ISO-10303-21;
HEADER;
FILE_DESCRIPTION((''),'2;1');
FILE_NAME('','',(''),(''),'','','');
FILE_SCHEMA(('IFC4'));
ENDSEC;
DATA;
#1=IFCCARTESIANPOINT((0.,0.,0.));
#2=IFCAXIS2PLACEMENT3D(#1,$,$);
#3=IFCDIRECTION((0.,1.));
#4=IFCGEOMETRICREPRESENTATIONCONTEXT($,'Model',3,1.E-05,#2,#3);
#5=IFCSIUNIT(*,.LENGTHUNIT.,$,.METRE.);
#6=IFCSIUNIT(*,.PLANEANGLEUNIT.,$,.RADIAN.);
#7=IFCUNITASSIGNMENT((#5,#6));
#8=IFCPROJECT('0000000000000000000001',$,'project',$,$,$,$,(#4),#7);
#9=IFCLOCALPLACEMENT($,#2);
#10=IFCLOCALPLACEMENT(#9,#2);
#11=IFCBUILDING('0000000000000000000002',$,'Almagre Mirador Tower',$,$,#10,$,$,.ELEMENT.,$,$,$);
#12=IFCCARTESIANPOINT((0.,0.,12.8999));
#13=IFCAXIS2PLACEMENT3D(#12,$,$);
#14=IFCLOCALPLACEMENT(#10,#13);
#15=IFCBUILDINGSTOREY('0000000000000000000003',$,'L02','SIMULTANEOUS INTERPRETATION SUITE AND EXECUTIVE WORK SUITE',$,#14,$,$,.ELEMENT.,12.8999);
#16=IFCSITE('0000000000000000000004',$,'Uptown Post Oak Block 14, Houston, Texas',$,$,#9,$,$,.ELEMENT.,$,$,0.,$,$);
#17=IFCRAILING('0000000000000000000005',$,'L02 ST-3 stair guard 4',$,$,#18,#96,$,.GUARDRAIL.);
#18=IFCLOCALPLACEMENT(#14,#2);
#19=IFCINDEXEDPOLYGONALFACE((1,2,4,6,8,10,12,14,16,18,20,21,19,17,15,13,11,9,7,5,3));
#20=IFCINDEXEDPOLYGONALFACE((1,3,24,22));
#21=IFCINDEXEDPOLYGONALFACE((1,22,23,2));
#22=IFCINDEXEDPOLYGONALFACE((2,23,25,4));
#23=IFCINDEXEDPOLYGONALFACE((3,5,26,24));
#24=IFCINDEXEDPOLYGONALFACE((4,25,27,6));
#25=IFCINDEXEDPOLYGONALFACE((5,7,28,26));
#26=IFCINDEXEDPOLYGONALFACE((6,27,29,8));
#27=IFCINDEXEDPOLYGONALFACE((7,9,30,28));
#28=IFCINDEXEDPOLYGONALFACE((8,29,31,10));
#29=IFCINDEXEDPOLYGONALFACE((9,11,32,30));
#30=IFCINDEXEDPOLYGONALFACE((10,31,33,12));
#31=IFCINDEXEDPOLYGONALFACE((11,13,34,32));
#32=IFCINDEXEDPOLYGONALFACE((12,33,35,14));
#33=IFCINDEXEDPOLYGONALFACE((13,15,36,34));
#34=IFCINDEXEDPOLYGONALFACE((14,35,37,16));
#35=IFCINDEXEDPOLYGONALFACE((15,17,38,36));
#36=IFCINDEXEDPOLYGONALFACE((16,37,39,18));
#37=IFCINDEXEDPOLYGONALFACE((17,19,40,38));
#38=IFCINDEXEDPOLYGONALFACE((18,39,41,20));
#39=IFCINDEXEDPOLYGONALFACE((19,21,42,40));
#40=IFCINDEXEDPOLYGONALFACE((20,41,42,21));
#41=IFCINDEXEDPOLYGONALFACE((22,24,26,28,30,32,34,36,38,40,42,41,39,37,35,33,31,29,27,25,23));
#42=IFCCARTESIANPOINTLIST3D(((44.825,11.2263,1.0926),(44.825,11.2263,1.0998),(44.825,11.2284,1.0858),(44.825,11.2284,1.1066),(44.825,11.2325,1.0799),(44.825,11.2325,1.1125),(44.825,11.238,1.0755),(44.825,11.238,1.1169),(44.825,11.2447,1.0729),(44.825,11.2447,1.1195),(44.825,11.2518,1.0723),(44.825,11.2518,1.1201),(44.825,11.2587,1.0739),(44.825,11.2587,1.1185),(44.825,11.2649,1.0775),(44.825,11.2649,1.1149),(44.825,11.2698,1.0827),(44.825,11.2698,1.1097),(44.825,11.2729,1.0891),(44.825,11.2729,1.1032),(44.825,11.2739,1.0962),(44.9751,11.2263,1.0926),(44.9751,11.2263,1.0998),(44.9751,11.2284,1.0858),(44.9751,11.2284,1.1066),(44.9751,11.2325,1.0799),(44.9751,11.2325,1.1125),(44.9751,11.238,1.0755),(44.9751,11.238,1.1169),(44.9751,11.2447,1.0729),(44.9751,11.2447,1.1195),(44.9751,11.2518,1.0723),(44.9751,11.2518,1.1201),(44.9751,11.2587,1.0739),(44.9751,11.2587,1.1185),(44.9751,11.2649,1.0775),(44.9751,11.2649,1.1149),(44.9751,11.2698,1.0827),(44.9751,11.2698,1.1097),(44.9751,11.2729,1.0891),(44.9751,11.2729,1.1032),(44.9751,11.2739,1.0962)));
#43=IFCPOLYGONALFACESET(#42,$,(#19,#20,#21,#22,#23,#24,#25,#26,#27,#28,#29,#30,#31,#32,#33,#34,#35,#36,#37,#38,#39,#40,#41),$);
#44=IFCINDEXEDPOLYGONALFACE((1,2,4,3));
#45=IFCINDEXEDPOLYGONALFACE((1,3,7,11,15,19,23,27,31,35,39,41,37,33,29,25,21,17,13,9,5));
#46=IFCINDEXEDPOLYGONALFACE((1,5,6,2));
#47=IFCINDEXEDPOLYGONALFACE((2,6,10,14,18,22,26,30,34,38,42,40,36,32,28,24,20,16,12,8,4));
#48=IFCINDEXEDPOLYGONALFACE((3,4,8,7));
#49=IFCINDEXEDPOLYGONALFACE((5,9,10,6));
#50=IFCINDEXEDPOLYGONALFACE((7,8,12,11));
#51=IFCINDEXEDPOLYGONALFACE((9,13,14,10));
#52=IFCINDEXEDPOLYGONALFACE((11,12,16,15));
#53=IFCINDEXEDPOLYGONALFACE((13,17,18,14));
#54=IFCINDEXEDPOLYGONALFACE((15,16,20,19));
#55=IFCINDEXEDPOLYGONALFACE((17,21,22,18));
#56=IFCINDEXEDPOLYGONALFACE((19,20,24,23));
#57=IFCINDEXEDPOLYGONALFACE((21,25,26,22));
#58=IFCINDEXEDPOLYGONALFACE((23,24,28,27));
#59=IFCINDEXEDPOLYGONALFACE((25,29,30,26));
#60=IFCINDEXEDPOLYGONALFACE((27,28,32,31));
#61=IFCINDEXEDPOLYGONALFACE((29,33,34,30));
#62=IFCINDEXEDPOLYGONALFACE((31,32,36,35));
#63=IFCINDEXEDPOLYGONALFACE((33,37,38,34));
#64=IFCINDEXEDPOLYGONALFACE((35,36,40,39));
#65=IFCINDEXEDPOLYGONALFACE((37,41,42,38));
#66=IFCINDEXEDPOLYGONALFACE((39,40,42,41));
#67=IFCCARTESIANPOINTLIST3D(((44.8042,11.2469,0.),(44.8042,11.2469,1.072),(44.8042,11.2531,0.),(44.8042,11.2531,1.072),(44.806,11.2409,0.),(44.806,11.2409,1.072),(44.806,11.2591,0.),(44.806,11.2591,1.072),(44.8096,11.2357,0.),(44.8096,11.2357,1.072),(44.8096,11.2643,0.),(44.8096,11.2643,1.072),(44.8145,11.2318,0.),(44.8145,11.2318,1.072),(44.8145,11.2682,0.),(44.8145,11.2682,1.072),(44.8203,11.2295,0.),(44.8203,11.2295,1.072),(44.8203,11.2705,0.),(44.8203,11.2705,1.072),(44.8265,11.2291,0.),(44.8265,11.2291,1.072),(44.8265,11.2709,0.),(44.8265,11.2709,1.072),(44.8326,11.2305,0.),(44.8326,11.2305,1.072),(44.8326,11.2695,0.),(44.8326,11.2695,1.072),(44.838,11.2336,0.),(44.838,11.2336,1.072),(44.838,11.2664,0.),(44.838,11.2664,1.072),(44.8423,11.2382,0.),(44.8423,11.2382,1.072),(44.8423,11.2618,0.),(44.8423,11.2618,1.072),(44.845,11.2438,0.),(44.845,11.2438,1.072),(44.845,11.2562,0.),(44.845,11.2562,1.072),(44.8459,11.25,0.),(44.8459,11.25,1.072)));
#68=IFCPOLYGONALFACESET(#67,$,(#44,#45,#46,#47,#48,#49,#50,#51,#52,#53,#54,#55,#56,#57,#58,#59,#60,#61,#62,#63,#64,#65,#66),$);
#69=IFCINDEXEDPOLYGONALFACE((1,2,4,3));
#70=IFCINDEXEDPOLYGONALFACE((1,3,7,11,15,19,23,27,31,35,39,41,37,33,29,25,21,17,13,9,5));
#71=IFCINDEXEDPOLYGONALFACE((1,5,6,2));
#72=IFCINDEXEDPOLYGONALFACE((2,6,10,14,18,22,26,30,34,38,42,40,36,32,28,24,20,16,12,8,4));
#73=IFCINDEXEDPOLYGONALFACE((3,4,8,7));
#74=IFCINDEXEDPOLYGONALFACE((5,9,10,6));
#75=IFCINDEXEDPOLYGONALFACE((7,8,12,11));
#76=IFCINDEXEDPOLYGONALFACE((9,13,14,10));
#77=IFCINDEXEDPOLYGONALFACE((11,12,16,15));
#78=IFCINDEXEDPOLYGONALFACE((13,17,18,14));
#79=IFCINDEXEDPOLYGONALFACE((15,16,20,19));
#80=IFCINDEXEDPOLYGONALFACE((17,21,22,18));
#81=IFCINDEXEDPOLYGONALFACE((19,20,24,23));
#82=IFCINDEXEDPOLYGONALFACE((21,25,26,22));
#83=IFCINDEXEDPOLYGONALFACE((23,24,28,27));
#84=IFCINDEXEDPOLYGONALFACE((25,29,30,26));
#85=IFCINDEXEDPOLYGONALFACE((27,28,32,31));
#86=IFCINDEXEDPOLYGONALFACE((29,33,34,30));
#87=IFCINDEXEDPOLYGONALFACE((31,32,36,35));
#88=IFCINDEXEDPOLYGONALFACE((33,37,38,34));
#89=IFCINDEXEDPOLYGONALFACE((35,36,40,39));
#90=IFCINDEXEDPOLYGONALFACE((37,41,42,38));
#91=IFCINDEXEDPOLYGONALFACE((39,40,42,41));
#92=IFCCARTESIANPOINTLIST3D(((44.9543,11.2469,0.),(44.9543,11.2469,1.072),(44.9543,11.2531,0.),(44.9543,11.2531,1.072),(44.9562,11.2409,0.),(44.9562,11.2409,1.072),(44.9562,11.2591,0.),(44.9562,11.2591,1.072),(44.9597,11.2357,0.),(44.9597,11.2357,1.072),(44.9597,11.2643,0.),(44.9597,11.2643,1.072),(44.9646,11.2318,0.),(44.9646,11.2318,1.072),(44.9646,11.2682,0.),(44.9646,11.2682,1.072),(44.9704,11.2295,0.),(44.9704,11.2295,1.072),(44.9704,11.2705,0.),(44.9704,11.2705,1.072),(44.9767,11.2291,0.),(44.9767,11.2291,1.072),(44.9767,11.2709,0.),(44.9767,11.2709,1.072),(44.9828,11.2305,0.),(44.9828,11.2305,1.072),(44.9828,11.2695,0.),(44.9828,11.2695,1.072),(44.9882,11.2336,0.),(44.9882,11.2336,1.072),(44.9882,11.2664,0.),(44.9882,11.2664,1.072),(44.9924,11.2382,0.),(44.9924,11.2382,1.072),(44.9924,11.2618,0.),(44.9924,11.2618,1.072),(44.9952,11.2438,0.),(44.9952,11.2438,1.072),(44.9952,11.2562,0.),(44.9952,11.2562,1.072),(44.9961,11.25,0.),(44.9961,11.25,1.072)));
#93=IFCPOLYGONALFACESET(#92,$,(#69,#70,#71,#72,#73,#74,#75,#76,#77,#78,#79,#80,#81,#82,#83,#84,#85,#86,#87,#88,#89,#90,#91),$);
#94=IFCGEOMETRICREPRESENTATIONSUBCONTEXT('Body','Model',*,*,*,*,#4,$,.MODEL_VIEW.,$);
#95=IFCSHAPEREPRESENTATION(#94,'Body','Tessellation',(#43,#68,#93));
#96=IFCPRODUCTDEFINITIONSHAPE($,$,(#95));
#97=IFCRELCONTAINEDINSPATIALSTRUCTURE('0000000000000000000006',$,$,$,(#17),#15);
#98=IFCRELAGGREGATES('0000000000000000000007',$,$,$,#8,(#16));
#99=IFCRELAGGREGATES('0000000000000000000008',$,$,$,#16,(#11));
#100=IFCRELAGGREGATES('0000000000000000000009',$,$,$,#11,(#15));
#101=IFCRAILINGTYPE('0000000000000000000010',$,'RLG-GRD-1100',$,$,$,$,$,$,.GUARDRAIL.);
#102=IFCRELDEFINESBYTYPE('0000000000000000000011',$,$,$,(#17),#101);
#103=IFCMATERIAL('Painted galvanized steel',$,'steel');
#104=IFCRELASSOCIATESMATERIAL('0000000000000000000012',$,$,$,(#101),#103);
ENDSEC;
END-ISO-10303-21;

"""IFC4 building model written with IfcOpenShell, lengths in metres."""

from ifc_helpers import new_model, si_unit, direction, frame, origin, origin_2d, place, context, subcontext, project, spatial, circle, extrude, material, type_object, element, save


model = new_model("IFC4")

# Units and contexts
model_context = context("Model", 3, precision=1e-05, world=origin(), true_north=direction((0.0, 1.0)))
body_context = subcontext(model_context, "Body", "Model", "MODEL_VIEW")
ifc_project = project(units=[si_unit("LENGTHUNIT", "METRE"), si_unit("PLANEANGLEUNIT", "RADIAN")], contexts=[model_context])

# Site, building, storey
site_placement = place(None, origin())
site = spatial("IfcSite", under=ifc_project, at=site_placement, Name="Uptown Post Oak Block 14, Houston, Texas", CompositionType="ELEMENT", RefElevation=0.0)
building_placement = place(site_placement, origin())
building = spatial("IfcBuilding", under=site, at=building_placement, Name="Almagre Mirador Tower", CompositionType="ELEMENT")
storey_placement = place(building_placement, frame((0.0, 0.0, 12.8999)))
storey = spatial("IfcBuildingStorey", under=building, at=storey_placement, Name="L02", Description="SIMULTANEOUS INTERPRETATION SUITE AND EXECUTIVE WORK SUITE", CompositionType="ELEMENT", Elevation=12.8999)

# Railing
ifc_material_1 = material(Name="Painted galvanized steel", Category="steel")
railing_type_1 = type_object("IfcRailingType", Name="RLG-GRD-1100", PredefinedType="GUARDRAIL", material=ifc_material_1)
railing_1_placement = place(storey_placement, frame((44.825, 11.25, 0.0)))
element("IfcRailing", 1, at=railing_1_placement, inside=storey, type_object=railing_type_1, Name="L02 ST-3 stair guard 4", PredefinedType="GUARDRAIL", context=body_context, shape_type="SweptSolid", body=[
    extrude(circle(Radius=0.0239, at=origin_2d()), frame((0.0, 0.0, 1.0962), z_axis=(1.0, 0.0, 0.0), x_axis=(0.0, 1.0, 0.0)), (0.0, 0.0, 1.0), 0.1501),
    extrude(circle(Radius=0.021, at=origin_2d()), origin(), (0.0, 0.0, 1.0), 1.072),
    extrude(circle(Radius=0.021, at=origin_2d()), frame((0.1501, 0.0, 0.0)), (0.0, 0.0, 1.0), 1.072),
])

save(model, "model.ifc")
